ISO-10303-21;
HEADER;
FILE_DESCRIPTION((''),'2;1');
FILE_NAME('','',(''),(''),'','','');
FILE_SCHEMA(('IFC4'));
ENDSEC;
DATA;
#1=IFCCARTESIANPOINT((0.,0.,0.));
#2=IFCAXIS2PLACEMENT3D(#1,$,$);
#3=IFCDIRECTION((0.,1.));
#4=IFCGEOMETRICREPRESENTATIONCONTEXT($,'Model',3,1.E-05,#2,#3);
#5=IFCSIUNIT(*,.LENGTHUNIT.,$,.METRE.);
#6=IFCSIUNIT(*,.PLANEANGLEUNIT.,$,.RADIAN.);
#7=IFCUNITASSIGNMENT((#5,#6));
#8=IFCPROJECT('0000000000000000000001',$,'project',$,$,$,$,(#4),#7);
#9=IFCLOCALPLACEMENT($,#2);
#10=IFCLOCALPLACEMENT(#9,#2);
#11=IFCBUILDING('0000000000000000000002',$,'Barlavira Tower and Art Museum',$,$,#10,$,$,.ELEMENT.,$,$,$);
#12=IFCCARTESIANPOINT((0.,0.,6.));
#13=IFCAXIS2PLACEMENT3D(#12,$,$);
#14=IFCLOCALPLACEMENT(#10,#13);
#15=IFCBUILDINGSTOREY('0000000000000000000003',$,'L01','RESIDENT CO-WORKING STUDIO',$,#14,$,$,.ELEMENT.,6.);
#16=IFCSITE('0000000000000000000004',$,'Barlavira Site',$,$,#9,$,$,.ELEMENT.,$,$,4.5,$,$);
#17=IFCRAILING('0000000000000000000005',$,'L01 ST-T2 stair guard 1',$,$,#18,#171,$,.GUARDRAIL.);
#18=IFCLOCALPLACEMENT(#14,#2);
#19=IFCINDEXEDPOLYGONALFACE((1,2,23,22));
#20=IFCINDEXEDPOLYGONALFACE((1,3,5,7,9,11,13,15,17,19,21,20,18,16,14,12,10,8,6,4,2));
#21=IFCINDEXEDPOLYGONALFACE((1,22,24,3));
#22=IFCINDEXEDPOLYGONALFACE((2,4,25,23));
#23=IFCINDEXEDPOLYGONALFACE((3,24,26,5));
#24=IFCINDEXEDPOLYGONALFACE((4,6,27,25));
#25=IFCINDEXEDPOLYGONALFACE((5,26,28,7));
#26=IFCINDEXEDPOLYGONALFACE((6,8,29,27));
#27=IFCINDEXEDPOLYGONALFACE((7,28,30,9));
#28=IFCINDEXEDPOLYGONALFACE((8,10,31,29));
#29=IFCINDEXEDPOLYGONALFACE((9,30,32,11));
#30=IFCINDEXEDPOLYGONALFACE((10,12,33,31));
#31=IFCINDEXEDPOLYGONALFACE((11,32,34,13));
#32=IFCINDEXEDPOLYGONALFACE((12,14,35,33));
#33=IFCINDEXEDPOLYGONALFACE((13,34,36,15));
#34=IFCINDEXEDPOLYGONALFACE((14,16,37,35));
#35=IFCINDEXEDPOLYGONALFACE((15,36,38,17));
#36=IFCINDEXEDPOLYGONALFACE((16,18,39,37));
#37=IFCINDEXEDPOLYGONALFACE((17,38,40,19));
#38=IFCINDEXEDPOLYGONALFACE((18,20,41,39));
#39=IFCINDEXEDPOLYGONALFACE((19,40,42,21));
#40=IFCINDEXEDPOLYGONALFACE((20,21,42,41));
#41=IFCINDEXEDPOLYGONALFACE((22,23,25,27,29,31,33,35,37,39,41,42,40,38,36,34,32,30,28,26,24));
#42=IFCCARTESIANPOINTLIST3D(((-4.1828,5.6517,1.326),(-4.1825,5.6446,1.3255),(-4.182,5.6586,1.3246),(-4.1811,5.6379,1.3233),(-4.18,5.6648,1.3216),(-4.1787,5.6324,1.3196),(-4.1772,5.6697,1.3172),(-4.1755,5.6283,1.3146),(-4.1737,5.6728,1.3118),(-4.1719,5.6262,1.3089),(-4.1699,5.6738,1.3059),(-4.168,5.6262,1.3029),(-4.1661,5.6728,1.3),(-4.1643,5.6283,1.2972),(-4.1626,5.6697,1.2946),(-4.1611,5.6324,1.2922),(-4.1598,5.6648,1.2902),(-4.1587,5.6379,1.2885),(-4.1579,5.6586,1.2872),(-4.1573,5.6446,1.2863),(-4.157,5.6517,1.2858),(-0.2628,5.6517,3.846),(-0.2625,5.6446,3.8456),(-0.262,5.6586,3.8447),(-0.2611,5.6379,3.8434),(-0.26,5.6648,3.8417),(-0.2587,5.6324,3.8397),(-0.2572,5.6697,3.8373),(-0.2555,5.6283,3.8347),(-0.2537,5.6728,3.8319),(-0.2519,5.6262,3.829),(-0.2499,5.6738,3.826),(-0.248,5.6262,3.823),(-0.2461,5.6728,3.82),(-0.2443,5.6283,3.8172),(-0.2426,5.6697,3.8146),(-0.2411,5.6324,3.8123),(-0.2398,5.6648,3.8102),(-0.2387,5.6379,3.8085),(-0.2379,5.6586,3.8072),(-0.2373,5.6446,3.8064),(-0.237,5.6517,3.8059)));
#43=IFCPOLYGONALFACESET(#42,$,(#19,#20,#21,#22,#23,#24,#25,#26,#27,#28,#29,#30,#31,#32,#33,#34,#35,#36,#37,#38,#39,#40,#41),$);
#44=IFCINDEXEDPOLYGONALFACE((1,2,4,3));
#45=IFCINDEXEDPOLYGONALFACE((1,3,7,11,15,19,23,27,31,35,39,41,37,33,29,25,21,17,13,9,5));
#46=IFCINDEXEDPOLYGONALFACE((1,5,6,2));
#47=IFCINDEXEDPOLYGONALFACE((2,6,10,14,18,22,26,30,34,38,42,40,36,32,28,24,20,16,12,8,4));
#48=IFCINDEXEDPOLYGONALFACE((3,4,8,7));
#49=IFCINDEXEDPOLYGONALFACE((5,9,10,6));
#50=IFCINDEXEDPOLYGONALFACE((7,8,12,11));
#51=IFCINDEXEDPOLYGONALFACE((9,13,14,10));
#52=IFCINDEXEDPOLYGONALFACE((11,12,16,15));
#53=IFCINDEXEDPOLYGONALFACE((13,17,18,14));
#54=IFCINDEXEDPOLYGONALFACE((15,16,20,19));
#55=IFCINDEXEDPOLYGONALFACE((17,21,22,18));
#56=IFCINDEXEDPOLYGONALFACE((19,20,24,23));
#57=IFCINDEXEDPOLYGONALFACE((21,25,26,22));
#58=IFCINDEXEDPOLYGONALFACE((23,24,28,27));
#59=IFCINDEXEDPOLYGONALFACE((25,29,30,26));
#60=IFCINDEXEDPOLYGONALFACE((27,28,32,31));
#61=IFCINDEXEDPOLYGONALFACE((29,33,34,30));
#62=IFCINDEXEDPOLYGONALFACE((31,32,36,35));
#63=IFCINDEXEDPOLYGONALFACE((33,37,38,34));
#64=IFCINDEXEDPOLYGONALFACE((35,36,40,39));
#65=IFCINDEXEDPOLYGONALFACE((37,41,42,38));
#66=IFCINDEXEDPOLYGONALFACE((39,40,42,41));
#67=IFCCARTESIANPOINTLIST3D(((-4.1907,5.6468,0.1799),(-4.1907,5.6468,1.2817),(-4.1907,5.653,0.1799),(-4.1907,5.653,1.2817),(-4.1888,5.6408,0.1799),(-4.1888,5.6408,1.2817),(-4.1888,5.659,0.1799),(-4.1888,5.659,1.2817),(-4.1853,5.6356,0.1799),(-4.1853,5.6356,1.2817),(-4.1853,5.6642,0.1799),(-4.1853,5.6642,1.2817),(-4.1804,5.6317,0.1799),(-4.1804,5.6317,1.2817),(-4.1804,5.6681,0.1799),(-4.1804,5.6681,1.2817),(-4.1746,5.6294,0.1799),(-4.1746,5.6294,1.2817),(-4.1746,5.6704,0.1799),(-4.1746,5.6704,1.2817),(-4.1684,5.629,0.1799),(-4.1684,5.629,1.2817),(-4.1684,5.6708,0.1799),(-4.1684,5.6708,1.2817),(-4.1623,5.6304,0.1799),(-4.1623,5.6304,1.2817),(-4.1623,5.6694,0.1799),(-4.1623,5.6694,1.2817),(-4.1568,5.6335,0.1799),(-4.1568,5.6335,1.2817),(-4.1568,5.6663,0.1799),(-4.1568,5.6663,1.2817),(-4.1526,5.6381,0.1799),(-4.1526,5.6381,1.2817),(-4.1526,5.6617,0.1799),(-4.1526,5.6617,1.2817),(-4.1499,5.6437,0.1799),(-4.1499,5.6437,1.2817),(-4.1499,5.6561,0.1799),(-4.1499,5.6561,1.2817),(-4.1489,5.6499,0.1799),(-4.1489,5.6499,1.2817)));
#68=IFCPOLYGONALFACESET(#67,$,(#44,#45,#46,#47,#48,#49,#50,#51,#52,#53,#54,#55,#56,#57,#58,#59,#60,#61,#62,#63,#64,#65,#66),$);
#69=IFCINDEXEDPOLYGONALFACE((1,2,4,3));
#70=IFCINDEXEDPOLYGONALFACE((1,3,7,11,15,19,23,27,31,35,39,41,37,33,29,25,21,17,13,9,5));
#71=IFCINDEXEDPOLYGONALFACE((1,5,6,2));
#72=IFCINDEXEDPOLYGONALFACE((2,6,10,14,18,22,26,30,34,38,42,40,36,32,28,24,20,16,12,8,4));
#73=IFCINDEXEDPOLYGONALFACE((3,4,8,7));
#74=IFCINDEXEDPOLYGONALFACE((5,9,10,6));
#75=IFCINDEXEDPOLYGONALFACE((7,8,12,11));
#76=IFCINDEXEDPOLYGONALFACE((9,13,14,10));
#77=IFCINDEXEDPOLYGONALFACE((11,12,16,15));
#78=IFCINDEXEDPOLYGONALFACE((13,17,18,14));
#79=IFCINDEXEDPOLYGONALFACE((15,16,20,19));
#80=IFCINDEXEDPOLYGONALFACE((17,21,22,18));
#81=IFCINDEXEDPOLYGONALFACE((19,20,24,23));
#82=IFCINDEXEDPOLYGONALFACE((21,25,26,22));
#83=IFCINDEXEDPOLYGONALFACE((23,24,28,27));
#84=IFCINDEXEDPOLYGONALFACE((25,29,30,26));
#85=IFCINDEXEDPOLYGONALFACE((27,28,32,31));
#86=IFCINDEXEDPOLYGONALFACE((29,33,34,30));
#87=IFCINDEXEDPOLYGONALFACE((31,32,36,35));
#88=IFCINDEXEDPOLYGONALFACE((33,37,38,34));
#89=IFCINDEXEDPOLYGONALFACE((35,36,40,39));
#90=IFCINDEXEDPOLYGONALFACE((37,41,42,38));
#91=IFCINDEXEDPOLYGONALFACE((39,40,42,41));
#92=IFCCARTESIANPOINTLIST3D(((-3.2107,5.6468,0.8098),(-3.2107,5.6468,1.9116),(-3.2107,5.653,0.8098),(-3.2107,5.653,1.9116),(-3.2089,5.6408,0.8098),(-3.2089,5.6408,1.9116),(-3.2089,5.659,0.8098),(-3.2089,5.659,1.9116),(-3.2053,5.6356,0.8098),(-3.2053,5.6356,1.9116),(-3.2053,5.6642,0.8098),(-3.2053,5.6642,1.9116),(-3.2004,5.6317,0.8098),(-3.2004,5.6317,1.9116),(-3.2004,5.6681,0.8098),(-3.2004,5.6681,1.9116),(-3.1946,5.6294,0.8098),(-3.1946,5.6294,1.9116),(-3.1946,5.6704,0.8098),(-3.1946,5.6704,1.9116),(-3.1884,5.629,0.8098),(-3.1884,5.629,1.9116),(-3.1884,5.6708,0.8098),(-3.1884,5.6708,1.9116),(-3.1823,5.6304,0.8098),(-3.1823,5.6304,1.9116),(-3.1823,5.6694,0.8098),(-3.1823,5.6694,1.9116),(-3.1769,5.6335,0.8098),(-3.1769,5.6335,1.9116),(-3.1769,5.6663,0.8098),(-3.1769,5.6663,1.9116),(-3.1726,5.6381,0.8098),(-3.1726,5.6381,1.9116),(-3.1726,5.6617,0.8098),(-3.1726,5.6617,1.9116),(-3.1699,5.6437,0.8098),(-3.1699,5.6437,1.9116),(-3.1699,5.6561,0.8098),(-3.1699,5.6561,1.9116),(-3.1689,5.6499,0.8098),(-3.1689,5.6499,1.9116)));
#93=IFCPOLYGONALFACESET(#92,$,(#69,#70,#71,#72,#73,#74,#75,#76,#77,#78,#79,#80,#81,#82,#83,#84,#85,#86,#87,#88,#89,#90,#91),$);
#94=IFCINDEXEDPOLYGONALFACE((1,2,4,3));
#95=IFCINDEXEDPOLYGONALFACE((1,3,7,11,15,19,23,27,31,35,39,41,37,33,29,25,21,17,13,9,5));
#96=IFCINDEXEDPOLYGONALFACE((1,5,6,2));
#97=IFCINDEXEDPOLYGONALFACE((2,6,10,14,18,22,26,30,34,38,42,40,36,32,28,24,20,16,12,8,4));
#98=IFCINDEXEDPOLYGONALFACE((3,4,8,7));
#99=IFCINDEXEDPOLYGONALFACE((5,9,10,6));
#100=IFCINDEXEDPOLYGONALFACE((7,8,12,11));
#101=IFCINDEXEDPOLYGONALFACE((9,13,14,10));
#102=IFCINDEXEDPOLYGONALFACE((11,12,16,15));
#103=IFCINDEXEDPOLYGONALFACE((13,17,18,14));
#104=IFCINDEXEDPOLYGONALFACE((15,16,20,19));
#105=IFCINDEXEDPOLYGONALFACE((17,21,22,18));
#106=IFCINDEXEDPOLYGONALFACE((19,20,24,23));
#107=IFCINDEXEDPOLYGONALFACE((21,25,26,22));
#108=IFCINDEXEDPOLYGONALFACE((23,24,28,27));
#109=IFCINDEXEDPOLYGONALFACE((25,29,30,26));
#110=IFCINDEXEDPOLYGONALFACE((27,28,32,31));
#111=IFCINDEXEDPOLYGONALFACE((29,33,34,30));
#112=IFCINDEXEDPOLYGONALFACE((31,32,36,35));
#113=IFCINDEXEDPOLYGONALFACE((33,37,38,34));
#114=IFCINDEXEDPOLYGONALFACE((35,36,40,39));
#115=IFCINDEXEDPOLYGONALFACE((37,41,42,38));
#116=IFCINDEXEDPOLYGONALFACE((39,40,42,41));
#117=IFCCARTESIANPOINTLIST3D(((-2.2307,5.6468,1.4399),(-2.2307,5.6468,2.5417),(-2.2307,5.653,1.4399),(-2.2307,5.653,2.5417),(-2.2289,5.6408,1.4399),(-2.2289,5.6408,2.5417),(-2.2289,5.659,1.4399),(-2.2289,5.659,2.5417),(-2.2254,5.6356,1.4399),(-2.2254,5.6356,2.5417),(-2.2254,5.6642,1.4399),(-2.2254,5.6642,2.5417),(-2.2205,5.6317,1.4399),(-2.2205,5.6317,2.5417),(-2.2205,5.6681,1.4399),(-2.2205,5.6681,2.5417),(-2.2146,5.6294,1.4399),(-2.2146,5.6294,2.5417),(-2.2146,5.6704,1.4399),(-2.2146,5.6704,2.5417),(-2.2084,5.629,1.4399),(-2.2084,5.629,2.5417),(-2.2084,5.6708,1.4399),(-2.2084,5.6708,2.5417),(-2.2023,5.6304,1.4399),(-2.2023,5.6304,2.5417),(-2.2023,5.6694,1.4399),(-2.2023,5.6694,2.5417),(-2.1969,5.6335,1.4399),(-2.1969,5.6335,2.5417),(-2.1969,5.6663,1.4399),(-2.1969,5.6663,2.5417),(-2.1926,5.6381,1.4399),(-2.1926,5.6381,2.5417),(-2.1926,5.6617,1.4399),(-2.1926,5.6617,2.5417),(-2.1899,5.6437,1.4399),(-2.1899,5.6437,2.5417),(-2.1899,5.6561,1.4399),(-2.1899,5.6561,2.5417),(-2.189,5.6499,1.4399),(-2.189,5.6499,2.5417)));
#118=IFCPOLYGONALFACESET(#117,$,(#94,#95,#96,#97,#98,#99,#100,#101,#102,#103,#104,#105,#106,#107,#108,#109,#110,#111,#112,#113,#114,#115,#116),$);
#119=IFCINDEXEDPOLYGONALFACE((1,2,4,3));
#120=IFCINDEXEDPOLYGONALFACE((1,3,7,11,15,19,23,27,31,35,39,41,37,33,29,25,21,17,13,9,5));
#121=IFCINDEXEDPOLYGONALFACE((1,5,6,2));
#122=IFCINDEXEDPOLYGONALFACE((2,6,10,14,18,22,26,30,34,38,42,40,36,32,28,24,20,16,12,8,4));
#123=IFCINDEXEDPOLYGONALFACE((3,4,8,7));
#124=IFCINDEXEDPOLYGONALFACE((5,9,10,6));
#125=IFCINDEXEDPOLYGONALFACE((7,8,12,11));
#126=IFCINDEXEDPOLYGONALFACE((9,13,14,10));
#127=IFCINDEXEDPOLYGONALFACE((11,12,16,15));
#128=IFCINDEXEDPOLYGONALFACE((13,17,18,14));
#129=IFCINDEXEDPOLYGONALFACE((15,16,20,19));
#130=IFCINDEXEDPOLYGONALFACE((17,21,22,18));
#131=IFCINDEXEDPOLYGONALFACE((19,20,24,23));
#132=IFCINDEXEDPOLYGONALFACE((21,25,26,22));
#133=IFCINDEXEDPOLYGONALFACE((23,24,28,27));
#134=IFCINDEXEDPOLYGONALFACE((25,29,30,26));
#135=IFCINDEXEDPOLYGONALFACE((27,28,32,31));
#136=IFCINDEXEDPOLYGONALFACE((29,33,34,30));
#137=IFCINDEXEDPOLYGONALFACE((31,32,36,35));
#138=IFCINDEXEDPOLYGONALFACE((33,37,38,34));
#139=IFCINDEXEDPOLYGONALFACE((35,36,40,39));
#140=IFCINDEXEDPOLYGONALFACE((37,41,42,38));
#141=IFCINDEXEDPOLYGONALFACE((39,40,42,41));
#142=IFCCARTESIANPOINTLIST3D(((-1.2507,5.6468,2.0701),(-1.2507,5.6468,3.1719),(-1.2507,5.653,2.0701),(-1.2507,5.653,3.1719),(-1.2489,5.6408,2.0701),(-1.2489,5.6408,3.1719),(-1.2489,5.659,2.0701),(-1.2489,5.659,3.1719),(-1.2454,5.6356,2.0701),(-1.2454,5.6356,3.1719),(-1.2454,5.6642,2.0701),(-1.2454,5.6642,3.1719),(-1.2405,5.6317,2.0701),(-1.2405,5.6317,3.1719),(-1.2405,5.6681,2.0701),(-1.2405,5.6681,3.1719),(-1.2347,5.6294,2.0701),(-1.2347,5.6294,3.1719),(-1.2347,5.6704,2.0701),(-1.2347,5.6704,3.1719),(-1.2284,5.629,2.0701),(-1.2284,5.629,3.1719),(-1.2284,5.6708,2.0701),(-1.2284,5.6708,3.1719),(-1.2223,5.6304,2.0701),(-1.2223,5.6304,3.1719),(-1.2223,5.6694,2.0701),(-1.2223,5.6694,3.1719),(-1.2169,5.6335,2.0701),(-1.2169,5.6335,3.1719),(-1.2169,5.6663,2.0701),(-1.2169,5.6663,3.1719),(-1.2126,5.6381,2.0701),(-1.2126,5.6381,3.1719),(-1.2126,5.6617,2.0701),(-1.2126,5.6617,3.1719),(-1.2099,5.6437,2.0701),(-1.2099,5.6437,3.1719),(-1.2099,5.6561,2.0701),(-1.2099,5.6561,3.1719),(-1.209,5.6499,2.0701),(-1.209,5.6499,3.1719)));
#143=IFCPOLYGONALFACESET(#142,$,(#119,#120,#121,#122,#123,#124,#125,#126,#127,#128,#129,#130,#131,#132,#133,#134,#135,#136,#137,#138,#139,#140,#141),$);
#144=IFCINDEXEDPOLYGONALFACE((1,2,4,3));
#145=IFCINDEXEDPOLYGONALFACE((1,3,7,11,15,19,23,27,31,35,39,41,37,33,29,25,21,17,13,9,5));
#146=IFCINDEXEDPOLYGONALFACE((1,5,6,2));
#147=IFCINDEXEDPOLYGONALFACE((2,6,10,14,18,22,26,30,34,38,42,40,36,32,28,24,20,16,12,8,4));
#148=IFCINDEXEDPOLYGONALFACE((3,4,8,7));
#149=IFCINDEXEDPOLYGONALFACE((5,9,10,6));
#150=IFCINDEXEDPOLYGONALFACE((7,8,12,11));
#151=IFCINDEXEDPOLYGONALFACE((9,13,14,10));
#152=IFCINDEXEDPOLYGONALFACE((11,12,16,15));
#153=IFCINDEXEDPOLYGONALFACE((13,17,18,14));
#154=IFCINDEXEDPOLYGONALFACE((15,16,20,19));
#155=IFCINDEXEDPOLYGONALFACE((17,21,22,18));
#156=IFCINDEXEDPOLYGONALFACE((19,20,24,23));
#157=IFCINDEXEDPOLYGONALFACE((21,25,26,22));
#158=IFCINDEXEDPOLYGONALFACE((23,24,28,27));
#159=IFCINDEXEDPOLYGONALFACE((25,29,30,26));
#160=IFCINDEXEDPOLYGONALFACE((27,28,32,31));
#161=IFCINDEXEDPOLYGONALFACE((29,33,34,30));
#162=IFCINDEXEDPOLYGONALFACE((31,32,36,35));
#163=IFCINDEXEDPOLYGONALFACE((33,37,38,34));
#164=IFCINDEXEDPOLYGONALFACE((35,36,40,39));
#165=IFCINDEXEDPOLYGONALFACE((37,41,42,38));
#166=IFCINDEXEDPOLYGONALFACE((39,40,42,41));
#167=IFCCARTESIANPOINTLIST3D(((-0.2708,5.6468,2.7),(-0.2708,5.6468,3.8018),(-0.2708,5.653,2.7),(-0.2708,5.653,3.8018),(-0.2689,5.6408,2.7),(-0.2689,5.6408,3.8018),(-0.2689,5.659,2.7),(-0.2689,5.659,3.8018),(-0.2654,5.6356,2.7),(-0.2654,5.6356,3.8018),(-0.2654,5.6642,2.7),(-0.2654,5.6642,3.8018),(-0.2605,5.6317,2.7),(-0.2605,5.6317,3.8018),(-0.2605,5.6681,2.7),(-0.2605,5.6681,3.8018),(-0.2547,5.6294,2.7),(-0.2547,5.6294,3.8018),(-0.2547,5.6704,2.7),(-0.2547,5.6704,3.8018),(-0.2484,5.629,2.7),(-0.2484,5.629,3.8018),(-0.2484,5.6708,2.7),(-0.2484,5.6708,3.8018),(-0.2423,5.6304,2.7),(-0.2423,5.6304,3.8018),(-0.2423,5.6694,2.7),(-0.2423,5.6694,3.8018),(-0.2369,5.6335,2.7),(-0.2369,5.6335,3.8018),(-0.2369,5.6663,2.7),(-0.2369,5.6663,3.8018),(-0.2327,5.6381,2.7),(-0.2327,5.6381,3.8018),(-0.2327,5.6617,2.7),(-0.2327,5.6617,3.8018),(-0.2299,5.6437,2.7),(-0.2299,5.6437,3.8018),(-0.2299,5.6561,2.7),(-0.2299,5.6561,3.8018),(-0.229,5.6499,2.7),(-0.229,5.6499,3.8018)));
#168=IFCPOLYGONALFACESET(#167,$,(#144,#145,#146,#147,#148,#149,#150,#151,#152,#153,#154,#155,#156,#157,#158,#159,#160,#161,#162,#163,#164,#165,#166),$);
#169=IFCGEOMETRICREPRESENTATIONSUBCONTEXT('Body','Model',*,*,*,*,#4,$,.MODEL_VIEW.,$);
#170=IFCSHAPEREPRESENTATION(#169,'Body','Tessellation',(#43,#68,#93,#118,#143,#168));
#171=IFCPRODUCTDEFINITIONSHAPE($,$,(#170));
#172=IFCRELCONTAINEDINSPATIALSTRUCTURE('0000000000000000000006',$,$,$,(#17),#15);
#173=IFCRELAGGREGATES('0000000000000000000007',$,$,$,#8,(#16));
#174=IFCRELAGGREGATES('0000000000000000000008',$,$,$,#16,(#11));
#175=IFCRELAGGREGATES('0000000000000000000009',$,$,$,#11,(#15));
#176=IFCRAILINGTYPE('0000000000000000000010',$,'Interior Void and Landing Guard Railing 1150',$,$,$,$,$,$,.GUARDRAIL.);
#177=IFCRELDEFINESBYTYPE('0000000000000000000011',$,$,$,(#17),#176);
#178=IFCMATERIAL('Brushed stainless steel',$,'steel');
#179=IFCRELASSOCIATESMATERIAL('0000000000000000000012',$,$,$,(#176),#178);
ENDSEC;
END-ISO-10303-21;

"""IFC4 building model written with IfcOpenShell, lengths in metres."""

from ifc_helpers import new_model, si_unit, direction, frame, origin, origin_2d, place, context, subcontext, project, spatial, circle, extrude, material, type_object, element, save


model = new_model("IFC4")

# Units and contexts
model_context = context("Model", 3, precision=1e-05, world=origin(), true_north=direction((0.0, 1.0)))
body_context = subcontext(model_context, "Body", "Model", "MODEL_VIEW")
ifc_project = project(units=[si_unit("LENGTHUNIT", "METRE"), si_unit("PLANEANGLEUNIT", "RADIAN")], contexts=[model_context])

# Site, building, storey
site_placement = place(None, origin())
site = spatial("IfcSite", under=ifc_project, at=site_placement, Name="Barlavira Site", CompositionType="ELEMENT", RefElevation=4.5)
building_placement = place(site_placement, origin())
building = spatial("IfcBuilding", under=site, at=building_placement, Name="Barlavira Tower and Art Museum", CompositionType="ELEMENT")
storey_placement = place(building_placement, frame((0.0, 0.0, 6.0)))
storey = spatial("IfcBuildingStorey", under=building, at=storey_placement, Name="L01", Description="RESIDENT CO-WORKING STUDIO", CompositionType="ELEMENT", Elevation=6.0)

# Shared definitions
ifc_material_1 = material(Name="Brushed stainless steel", Category="steel")

# Railing
railing_type_1 = type_object("IfcRailingType", Name="Interior Void and Landing Guard Railing 1150", PredefinedType="GUARDRAIL", material=ifc_material_1)
railing_1_placement = place(storey_placement, frame((-4.1699, 5.6499, 0.1799)))
element("IfcRailing", 1, at=railing_1_placement, inside=storey, type_object=railing_type_1, Name="L01 ST-T2 stair guard 1", PredefinedType="GUARDRAIL", context=body_context, shape_type="SweptSolid", body=[
    extrude(circle(Radius=0.0239, at=origin_2d()), frame((0.0, 0.0, 1.126), z_axis=(0.841172, 0.0, 0.540768), x_axis=(0.0, 1.0, 0.0)), (0.0, 0.0, 1.0), 4.6602),
    extrude(circle(Radius=0.021, at=origin_2d()), origin(), (0.0, 0.0, 1.0), 1.1018),
    extrude(circle(Radius=0.021, at=origin_2d()), frame((0.98, 0.0, 0.6299)), (0.0, 0.0, 1.0), 1.1018),
    extrude(circle(Radius=0.021, at=origin_2d()), frame((1.96, 0.0, 1.26)), (0.0, 0.0, 1.0), 1.1018),
    extrude(circle(Radius=0.021, at=origin_2d()), frame((2.9399, 0.0, 1.8901)), (0.0, 0.0, 1.0), 1.1018),
    extrude(circle(Radius=0.021, at=origin_2d()), frame((3.9199, 0.0, 2.52)), (0.0, 0.0, 1.0), 1.1018),
])

save(model, "model.ifc")
